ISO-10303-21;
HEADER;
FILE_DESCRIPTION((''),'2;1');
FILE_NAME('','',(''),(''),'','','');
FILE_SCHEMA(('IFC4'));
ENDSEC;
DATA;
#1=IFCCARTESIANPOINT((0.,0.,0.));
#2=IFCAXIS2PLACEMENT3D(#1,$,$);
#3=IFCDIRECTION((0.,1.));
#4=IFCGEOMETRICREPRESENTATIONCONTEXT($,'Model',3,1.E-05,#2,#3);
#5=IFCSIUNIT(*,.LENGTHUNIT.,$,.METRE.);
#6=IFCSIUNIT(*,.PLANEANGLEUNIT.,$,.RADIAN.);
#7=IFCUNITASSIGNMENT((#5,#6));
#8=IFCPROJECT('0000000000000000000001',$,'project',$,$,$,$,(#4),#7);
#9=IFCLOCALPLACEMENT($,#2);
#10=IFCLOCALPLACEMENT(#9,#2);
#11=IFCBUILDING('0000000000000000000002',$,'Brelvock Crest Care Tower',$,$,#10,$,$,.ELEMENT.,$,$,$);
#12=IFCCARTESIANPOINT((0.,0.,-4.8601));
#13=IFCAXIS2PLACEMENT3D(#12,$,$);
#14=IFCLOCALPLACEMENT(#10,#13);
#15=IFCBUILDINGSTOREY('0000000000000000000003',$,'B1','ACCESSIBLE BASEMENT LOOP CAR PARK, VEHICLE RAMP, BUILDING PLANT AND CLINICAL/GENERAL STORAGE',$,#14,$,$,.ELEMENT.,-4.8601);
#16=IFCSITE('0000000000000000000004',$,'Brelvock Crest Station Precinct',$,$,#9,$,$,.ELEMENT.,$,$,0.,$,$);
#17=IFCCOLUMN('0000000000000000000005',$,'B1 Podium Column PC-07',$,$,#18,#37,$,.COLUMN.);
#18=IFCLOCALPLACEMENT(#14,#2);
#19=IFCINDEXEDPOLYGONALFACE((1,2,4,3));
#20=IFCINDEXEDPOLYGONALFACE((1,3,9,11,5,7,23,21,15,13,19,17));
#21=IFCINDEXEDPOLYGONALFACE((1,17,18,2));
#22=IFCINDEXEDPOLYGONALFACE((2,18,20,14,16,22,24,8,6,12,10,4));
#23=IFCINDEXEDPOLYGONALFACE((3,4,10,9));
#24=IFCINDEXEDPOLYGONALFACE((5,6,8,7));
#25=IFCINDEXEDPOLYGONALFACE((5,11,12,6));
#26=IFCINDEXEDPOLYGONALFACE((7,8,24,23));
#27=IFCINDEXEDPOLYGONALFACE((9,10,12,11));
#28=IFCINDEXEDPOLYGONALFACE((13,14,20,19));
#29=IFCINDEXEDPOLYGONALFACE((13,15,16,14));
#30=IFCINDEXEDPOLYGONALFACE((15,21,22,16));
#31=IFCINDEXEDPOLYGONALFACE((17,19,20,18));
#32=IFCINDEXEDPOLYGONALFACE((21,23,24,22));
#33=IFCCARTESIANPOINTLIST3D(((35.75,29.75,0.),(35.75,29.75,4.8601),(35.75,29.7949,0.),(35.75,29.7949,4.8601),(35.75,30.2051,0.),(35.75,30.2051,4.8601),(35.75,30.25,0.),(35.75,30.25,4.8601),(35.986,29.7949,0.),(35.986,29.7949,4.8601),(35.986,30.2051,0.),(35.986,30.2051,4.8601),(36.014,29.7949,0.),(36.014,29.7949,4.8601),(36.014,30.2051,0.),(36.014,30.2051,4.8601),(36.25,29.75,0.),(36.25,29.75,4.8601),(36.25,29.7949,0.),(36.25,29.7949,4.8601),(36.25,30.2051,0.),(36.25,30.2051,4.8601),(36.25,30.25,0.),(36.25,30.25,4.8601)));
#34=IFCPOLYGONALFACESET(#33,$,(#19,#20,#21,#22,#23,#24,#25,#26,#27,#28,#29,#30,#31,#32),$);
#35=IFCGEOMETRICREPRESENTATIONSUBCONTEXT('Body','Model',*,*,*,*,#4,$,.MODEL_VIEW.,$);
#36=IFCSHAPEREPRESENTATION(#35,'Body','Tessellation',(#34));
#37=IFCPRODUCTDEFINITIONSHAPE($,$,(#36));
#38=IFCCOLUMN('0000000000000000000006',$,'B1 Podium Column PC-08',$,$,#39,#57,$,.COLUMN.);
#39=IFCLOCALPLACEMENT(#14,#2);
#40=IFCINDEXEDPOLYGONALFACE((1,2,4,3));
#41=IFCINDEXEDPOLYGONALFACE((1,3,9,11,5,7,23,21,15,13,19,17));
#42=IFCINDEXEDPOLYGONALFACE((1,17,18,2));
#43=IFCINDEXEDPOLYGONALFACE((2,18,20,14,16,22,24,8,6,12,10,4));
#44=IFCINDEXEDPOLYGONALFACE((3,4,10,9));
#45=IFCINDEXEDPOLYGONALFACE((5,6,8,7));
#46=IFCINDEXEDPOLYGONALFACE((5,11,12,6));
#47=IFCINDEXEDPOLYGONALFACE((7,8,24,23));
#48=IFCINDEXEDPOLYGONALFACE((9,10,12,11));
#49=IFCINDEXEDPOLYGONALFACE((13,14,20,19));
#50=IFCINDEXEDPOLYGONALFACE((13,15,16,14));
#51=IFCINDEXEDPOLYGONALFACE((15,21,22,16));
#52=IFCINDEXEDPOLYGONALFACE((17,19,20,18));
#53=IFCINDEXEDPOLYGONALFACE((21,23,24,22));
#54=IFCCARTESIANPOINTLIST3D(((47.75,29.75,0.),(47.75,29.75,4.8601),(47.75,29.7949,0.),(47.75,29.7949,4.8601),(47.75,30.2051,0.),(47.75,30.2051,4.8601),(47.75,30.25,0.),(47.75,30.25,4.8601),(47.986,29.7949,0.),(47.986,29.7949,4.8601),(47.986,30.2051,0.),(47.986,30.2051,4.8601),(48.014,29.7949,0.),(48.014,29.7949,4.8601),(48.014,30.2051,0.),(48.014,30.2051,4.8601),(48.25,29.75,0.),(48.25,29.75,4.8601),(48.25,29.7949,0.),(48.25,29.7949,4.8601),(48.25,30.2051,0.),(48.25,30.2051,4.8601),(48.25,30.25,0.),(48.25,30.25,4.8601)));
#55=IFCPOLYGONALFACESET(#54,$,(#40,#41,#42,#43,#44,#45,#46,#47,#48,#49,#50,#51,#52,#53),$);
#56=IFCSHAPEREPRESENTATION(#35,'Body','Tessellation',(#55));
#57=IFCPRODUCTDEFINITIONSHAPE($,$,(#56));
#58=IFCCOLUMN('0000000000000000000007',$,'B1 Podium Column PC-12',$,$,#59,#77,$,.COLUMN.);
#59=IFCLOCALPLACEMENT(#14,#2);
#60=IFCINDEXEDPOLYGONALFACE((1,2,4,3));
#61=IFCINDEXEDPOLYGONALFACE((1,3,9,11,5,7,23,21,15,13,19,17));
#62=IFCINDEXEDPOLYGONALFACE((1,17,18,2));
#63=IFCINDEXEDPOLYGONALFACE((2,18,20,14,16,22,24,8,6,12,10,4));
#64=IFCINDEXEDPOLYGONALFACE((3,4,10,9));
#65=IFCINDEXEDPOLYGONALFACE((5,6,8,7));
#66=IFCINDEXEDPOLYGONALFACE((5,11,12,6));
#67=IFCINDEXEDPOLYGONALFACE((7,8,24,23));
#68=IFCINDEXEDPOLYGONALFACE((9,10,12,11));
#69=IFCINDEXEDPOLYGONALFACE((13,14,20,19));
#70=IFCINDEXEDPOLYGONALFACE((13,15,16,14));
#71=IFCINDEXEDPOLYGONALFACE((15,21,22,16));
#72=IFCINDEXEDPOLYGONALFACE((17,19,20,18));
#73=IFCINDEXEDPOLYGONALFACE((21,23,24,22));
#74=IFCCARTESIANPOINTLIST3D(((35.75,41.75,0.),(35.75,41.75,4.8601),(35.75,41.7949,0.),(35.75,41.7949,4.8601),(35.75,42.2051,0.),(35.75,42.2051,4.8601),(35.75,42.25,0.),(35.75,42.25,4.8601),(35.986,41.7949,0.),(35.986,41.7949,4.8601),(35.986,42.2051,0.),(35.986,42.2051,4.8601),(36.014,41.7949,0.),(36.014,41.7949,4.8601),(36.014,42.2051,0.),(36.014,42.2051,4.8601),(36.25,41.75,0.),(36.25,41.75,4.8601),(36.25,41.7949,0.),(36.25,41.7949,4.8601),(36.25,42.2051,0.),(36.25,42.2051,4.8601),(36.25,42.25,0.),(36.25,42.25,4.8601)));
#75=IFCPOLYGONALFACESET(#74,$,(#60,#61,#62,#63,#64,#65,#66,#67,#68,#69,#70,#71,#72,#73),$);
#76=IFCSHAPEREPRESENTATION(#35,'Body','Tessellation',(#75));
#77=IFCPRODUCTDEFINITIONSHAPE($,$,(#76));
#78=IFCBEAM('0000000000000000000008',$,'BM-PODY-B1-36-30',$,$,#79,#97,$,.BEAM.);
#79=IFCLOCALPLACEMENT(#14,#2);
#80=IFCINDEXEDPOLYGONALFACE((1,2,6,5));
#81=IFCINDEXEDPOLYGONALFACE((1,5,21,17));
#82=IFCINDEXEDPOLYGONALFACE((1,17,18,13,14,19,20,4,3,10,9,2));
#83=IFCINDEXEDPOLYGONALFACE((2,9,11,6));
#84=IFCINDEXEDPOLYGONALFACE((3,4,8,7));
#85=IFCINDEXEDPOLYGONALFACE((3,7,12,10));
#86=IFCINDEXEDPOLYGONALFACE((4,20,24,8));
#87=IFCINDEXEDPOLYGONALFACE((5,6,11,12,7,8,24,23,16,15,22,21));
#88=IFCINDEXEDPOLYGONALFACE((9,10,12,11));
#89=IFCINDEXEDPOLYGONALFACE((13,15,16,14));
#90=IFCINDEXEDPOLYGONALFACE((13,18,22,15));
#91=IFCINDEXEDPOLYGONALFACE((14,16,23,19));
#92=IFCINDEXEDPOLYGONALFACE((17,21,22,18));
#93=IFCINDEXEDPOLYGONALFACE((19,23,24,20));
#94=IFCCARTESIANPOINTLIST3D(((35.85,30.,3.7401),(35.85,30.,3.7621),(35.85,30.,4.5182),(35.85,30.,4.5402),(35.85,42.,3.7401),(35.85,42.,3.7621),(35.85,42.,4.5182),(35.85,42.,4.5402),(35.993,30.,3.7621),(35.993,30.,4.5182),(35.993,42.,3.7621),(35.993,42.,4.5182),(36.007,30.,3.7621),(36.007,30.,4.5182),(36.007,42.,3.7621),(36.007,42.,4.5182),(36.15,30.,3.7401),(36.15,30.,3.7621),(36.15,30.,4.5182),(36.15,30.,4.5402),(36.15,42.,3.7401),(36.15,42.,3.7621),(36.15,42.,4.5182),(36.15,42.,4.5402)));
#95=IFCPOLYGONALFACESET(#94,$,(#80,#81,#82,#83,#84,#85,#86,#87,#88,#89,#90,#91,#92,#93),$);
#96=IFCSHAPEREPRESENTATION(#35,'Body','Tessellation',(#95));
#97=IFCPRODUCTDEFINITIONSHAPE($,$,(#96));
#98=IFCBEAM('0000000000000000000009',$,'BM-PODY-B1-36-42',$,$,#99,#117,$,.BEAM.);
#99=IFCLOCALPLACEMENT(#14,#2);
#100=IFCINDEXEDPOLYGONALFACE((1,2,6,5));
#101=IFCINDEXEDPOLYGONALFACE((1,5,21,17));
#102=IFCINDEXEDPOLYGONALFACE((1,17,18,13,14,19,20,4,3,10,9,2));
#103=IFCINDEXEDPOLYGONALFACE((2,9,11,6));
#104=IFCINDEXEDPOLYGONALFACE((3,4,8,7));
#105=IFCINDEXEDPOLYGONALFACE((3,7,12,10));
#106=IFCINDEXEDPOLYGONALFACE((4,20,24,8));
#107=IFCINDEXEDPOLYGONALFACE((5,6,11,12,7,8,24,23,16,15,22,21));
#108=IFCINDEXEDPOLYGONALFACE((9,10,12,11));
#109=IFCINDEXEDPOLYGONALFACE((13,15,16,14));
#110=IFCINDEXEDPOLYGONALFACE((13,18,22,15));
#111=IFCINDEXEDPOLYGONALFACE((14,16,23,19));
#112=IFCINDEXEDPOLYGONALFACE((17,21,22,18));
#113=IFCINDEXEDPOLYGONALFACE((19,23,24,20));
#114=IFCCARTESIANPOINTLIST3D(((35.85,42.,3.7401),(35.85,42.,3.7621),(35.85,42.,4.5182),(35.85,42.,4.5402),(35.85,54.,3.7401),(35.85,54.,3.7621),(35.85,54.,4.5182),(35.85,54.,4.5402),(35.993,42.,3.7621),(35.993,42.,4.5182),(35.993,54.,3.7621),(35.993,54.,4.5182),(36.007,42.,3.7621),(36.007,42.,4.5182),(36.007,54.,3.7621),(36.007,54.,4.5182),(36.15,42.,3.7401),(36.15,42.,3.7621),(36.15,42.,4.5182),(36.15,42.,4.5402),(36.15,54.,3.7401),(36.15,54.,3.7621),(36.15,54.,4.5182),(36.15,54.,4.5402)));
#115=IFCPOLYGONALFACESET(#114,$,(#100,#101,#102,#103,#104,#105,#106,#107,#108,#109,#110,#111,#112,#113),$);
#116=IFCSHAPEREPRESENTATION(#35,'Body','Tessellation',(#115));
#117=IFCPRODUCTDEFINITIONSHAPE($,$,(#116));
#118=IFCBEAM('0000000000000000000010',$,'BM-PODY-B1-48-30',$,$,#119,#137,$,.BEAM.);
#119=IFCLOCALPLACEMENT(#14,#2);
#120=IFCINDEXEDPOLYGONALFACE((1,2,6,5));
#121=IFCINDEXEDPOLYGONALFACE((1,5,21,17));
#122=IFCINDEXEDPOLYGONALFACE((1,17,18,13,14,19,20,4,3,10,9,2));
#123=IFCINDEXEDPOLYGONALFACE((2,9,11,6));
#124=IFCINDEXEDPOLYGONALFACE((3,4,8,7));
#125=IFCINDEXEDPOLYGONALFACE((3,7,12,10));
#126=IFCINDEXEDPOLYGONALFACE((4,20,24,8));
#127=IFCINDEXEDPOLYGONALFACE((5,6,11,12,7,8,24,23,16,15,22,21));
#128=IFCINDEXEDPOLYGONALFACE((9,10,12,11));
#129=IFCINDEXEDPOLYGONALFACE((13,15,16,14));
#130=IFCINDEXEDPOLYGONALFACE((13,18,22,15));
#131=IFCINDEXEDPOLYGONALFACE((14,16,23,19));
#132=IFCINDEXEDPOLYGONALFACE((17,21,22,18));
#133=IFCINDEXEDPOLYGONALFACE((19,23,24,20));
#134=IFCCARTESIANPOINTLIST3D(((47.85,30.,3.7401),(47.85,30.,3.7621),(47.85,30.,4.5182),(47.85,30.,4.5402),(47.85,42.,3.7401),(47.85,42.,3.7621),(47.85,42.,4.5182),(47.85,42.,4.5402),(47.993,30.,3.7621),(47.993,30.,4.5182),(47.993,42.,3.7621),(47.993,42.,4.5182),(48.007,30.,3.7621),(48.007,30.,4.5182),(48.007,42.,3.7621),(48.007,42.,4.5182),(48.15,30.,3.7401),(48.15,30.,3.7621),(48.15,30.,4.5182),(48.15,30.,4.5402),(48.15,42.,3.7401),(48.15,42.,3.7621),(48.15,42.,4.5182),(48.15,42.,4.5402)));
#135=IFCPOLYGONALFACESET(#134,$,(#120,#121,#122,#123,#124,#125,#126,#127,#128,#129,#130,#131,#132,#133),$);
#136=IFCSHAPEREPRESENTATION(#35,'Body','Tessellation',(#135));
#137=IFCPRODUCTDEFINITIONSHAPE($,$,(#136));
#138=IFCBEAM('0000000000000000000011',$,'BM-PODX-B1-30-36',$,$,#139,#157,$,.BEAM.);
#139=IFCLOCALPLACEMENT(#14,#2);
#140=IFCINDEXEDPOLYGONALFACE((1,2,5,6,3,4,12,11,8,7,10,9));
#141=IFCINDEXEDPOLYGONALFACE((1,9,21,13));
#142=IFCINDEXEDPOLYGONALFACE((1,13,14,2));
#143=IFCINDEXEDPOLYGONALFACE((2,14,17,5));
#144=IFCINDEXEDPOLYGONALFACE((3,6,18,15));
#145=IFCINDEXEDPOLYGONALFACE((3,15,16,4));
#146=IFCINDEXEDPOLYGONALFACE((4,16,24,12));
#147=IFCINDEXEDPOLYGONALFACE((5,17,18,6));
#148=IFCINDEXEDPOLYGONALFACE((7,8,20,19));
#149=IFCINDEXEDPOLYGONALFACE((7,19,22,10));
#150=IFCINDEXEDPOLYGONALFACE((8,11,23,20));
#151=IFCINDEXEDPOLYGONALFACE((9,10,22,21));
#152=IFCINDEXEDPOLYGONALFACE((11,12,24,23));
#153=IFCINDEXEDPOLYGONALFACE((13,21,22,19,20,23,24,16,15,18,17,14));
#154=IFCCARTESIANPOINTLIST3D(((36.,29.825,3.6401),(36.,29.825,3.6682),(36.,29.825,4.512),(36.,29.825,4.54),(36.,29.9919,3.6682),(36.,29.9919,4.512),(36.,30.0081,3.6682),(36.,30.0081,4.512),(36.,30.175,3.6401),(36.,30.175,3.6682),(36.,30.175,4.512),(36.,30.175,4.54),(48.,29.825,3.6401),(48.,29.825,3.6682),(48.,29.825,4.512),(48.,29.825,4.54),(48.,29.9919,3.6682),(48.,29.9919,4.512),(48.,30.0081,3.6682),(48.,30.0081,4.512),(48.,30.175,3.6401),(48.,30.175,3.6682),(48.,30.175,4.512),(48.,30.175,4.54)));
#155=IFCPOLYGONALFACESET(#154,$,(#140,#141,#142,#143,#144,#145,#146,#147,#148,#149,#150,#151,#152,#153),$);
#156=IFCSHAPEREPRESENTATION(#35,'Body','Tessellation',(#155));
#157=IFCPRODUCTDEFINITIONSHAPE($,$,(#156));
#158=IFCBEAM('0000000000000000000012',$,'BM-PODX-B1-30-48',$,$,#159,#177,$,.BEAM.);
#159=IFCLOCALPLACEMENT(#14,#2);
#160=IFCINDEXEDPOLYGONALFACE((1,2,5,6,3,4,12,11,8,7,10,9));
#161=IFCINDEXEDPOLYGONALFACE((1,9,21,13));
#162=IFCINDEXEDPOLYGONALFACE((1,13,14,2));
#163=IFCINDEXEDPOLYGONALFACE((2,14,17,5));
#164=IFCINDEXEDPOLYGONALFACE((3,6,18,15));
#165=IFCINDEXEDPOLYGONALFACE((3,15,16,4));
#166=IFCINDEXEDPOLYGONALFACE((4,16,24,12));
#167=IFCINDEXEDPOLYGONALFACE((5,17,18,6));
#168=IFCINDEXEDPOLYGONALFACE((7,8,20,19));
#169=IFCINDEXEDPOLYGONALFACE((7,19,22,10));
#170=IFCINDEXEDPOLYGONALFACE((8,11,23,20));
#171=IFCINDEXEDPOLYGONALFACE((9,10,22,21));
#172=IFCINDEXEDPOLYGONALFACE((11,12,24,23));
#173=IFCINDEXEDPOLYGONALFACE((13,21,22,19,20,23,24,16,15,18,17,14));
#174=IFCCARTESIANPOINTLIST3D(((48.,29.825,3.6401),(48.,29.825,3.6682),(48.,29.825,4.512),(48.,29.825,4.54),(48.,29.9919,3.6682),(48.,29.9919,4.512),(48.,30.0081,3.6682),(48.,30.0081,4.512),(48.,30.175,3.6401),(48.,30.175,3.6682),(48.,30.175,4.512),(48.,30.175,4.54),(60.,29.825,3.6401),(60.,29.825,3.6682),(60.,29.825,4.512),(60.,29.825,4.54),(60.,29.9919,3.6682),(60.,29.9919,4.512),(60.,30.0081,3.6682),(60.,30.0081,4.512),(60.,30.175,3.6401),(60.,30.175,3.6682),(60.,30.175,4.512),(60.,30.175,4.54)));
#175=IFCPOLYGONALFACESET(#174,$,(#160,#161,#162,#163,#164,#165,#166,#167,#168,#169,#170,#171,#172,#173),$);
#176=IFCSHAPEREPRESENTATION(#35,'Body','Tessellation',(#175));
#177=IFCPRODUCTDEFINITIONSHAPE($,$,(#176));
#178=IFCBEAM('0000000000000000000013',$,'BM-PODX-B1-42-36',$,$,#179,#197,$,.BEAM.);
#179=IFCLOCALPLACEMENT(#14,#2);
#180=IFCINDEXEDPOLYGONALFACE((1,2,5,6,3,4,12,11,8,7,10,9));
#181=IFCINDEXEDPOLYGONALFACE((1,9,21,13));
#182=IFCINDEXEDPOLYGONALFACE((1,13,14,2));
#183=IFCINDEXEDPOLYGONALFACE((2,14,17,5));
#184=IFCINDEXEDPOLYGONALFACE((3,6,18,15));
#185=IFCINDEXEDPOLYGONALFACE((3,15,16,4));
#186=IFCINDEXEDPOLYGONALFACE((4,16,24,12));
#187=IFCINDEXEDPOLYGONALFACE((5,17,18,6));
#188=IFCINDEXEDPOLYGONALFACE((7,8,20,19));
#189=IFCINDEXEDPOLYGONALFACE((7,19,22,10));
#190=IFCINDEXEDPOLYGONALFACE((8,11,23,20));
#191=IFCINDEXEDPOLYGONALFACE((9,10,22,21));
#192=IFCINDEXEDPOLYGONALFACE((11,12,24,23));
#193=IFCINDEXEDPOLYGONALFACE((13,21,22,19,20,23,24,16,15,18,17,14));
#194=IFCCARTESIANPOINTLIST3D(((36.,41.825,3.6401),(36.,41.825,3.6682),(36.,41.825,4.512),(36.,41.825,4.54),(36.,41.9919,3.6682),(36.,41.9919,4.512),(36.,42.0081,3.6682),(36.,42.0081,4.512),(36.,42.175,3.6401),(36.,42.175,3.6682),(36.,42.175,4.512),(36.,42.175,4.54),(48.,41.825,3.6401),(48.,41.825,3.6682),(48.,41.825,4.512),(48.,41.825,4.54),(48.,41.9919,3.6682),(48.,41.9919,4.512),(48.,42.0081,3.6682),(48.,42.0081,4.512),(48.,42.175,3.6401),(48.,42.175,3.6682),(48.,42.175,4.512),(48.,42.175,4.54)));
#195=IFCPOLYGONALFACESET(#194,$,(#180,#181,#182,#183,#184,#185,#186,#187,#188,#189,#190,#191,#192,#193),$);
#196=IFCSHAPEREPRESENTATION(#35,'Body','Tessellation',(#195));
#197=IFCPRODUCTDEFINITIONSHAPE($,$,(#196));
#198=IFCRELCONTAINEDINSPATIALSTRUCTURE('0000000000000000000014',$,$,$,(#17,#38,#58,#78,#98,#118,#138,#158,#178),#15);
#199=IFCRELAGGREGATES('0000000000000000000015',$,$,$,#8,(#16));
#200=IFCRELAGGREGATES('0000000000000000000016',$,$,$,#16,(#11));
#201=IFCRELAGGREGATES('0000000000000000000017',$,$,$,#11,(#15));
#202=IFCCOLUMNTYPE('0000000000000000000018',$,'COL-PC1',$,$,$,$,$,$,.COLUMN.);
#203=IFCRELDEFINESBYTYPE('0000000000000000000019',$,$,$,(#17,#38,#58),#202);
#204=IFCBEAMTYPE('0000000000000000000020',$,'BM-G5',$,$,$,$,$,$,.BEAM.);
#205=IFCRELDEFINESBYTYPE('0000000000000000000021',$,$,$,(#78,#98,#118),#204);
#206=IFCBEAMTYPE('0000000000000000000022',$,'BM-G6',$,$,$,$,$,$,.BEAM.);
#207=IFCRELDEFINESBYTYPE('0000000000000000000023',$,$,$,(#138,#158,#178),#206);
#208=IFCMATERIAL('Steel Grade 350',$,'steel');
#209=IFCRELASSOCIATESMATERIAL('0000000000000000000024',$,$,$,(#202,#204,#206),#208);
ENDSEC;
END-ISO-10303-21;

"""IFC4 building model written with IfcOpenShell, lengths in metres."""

from ifc_helpers import new_model, si_unit, direction, frame, origin, origin_2d, place, context, subcontext, project, spatial, i_section, extrude, source, transform, mapped, material, material_profile, profile_set, type_object, element, save


model = new_model("IFC4")

# Units and contexts
model_context = context("Model", 3, precision=1e-05, world=origin(), true_north=direction((0.0, 1.0)))
body_context = subcontext(model_context, "Body", "Model", "MODEL_VIEW")
ifc_project = project(units=[si_unit("LENGTHUNIT", "METRE"), si_unit("PLANEANGLEUNIT", "RADIAN")], contexts=[model_context])

# Site, building, storey
site_placement = place(None, origin())
site = spatial("IfcSite", under=ifc_project, at=site_placement, Name="Brelvock Crest Station Precinct", CompositionType="ELEMENT", RefElevation=0.0)
building_placement = place(site_placement, origin())
building = spatial("IfcBuilding", under=site, at=building_placement, Name="Brelvock Crest Care Tower", CompositionType="ELEMENT")
storey_placement = place(building_placement, frame((0.0, 0.0, -4.8601)))
storey = spatial("IfcBuildingStorey", under=building, at=storey_placement, Name="B1", Description="ACCESSIBLE BASEMENT LOOP CAR PARK, VEHICLE RAMP, BUILDING PLANT AND CLINICAL/GENERAL STORAGE", CompositionType="ELEMENT", Elevation=-4.8601)

# Columns
ifc_material_1 = material(Name="Steel Grade 350", Category="steel")
ifc_material_profile_1 = material_profile(ifc_material_1, i_section(OverallWidth=0.5, OverallDepth=0.5, WebThickness=0.0281, FlangeThickness=0.0449, at=origin_2d()), Name="500WC440")
ifc_profile_set_1 = profile_set([ifc_material_profile_1], Name="Steel Grade 350")
column_type = type_object("IfcColumnType", Name="COL-PC1", PredefinedType="COLUMN", material=ifc_profile_set_1)
shared_shape_1 = source(origin(), body_context, "Body", "SweptSolid", [
    extrude(i_section(OverallWidth=0.5, OverallDepth=0.5, WebThickness=0.0281, FlangeThickness=0.0449, at=origin_2d()), origin(), (0.0, 0.0, 1.0), 4.8601),
])
for number, where, z_axis, x_axis, name in (
    (1, (36.0, 30.0, 0.0), (0.0, 0.0, 1.0), (1.0, 0.0, 0.0), "B1 Podium Column PC-07"),
    (2, (48.0, 30.0, 0.0), (0.0, 0.0, 1.0), (1.0, 0.0, 0.0), "B1 Podium Column PC-08"),
    (3, (36.0, 42.0, 0.0), (0.0, 0.0, 1.0), (1.0, 0.0, 0.0), "B1 Podium Column PC-12"),
):
    element("IfcColumn", number, at=place(storey_placement, frame(where, z_axis=z_axis, x_axis=x_axis)), inside=storey, type_object=column_type, Name=name, PredefinedType="COLUMN", context=body_context, shape_type="MappedRepresentation", body=[
        mapped(shared_shape_1, transform((0.0, 0.0, 0.0), x_axis=(1.0, 0.0, 0.0), y_axis=(0.0, 1.0, 0.0), z_axis=(0.0, 0.0, 1.0), scale=1.0)),
    ])

# Beams
ifc_material_profile_2 = material_profile(ifc_material_1, i_section(OverallWidth=0.3, OverallDepth=0.8, WebThickness=0.0139, FlangeThickness=0.022, at=origin_2d()), Name="800WB192")
ifc_profile_set_2 = profile_set([ifc_material_profile_2], Name="Steel Grade 350")
beam_type_1 = type_object("IfcBeamType", Name="BM-G5", PredefinedType="BEAM", material=ifc_profile_set_2)
shared_shape_2 = source(origin(), body_context, "Body", "SweptSolid", [
    extrude(i_section(OverallWidth=0.3, OverallDepth=0.8, WebThickness=0.0139, FlangeThickness=0.022, at=origin_2d()), origin(), (0.0, 0.0, 1.0), 12.0),
])
for number, where, z_axis, x_axis, name in (
    (4, (36.0, 30.0, 4.1401), (0.0, 1.0, 0.0), (-1.0, 0.0, 0.0), "BM-PODY-B1-36-30"),
    (5, (36.0, 42.0, 4.1401), (0.0, 1.0, 0.0), (-1.0, 0.0, 0.0), "BM-PODY-B1-36-42"),
    (6, (48.0, 30.0, 4.1401), (0.0, 1.0, 0.0), (-1.0, 0.0, 0.0), "BM-PODY-B1-48-30"),
):
    element("IfcBeam", number, at=place(storey_placement, frame(where, z_axis=z_axis, x_axis=x_axis)), inside=storey, type_object=beam_type_1, Name=name, PredefinedType="BEAM", context=body_context, shape_type="MappedRepresentation", body=[
        mapped(shared_shape_2, transform((0.0, 0.0, 0.0), x_axis=(1.0, 0.0, 0.0), y_axis=(0.0, 1.0, 0.0), z_axis=(0.0, 0.0, 1.0), scale=1.0)),
    ])
ifc_material_profile_3 = material_profile(ifc_material_1, i_section(OverallWidth=0.3501, OverallDepth=0.8999, WebThickness=0.0161, FlangeThickness=0.0281, at=origin_2d()), Name="900WB257")
ifc_profile_set_3 = profile_set([ifc_material_profile_3], Name="Steel Grade 350")
beam_type_2 = type_object("IfcBeamType", Name="BM-G6", PredefinedType="BEAM", material=ifc_profile_set_3)
shared_shape_3 = source(origin(), body_context, "Body", "SweptSolid", [
    extrude(i_section(OverallWidth=0.3501, OverallDepth=0.8999, WebThickness=0.0161, FlangeThickness=0.0281, at=origin_2d()), origin(), (0.0, 0.0, 1.0), 12.0),
])
for number, where, z_axis, x_axis, name in (
    (7, (36.0, 30.0, 4.0901), (1.0, 0.0, 0.0), (0.0, 1.0, 0.0), "BM-PODX-B1-30-36"),
    (8, (48.0, 30.0, 4.0901), (1.0, 0.0, 0.0), (0.0, 1.0, 0.0), "BM-PODX-B1-30-48"),
    (9, (36.0, 42.0, 4.0901), (1.0, 0.0, 0.0), (0.0, 1.0, 0.0), "BM-PODX-B1-42-36"),
):
    element("IfcBeam", number, at=place(storey_placement, frame(where, z_axis=z_axis, x_axis=x_axis)), inside=storey, type_object=beam_type_2, Name=name, PredefinedType="BEAM", context=body_context, shape_type="MappedRepresentation", body=[
        mapped(shared_shape_3, transform((0.0, 0.0, 0.0), x_axis=(1.0, 0.0, 0.0), y_axis=(0.0, 1.0, 0.0), z_axis=(0.0, 0.0, 1.0), scale=1.0)),
    ])

save(model, "model.ifc")
